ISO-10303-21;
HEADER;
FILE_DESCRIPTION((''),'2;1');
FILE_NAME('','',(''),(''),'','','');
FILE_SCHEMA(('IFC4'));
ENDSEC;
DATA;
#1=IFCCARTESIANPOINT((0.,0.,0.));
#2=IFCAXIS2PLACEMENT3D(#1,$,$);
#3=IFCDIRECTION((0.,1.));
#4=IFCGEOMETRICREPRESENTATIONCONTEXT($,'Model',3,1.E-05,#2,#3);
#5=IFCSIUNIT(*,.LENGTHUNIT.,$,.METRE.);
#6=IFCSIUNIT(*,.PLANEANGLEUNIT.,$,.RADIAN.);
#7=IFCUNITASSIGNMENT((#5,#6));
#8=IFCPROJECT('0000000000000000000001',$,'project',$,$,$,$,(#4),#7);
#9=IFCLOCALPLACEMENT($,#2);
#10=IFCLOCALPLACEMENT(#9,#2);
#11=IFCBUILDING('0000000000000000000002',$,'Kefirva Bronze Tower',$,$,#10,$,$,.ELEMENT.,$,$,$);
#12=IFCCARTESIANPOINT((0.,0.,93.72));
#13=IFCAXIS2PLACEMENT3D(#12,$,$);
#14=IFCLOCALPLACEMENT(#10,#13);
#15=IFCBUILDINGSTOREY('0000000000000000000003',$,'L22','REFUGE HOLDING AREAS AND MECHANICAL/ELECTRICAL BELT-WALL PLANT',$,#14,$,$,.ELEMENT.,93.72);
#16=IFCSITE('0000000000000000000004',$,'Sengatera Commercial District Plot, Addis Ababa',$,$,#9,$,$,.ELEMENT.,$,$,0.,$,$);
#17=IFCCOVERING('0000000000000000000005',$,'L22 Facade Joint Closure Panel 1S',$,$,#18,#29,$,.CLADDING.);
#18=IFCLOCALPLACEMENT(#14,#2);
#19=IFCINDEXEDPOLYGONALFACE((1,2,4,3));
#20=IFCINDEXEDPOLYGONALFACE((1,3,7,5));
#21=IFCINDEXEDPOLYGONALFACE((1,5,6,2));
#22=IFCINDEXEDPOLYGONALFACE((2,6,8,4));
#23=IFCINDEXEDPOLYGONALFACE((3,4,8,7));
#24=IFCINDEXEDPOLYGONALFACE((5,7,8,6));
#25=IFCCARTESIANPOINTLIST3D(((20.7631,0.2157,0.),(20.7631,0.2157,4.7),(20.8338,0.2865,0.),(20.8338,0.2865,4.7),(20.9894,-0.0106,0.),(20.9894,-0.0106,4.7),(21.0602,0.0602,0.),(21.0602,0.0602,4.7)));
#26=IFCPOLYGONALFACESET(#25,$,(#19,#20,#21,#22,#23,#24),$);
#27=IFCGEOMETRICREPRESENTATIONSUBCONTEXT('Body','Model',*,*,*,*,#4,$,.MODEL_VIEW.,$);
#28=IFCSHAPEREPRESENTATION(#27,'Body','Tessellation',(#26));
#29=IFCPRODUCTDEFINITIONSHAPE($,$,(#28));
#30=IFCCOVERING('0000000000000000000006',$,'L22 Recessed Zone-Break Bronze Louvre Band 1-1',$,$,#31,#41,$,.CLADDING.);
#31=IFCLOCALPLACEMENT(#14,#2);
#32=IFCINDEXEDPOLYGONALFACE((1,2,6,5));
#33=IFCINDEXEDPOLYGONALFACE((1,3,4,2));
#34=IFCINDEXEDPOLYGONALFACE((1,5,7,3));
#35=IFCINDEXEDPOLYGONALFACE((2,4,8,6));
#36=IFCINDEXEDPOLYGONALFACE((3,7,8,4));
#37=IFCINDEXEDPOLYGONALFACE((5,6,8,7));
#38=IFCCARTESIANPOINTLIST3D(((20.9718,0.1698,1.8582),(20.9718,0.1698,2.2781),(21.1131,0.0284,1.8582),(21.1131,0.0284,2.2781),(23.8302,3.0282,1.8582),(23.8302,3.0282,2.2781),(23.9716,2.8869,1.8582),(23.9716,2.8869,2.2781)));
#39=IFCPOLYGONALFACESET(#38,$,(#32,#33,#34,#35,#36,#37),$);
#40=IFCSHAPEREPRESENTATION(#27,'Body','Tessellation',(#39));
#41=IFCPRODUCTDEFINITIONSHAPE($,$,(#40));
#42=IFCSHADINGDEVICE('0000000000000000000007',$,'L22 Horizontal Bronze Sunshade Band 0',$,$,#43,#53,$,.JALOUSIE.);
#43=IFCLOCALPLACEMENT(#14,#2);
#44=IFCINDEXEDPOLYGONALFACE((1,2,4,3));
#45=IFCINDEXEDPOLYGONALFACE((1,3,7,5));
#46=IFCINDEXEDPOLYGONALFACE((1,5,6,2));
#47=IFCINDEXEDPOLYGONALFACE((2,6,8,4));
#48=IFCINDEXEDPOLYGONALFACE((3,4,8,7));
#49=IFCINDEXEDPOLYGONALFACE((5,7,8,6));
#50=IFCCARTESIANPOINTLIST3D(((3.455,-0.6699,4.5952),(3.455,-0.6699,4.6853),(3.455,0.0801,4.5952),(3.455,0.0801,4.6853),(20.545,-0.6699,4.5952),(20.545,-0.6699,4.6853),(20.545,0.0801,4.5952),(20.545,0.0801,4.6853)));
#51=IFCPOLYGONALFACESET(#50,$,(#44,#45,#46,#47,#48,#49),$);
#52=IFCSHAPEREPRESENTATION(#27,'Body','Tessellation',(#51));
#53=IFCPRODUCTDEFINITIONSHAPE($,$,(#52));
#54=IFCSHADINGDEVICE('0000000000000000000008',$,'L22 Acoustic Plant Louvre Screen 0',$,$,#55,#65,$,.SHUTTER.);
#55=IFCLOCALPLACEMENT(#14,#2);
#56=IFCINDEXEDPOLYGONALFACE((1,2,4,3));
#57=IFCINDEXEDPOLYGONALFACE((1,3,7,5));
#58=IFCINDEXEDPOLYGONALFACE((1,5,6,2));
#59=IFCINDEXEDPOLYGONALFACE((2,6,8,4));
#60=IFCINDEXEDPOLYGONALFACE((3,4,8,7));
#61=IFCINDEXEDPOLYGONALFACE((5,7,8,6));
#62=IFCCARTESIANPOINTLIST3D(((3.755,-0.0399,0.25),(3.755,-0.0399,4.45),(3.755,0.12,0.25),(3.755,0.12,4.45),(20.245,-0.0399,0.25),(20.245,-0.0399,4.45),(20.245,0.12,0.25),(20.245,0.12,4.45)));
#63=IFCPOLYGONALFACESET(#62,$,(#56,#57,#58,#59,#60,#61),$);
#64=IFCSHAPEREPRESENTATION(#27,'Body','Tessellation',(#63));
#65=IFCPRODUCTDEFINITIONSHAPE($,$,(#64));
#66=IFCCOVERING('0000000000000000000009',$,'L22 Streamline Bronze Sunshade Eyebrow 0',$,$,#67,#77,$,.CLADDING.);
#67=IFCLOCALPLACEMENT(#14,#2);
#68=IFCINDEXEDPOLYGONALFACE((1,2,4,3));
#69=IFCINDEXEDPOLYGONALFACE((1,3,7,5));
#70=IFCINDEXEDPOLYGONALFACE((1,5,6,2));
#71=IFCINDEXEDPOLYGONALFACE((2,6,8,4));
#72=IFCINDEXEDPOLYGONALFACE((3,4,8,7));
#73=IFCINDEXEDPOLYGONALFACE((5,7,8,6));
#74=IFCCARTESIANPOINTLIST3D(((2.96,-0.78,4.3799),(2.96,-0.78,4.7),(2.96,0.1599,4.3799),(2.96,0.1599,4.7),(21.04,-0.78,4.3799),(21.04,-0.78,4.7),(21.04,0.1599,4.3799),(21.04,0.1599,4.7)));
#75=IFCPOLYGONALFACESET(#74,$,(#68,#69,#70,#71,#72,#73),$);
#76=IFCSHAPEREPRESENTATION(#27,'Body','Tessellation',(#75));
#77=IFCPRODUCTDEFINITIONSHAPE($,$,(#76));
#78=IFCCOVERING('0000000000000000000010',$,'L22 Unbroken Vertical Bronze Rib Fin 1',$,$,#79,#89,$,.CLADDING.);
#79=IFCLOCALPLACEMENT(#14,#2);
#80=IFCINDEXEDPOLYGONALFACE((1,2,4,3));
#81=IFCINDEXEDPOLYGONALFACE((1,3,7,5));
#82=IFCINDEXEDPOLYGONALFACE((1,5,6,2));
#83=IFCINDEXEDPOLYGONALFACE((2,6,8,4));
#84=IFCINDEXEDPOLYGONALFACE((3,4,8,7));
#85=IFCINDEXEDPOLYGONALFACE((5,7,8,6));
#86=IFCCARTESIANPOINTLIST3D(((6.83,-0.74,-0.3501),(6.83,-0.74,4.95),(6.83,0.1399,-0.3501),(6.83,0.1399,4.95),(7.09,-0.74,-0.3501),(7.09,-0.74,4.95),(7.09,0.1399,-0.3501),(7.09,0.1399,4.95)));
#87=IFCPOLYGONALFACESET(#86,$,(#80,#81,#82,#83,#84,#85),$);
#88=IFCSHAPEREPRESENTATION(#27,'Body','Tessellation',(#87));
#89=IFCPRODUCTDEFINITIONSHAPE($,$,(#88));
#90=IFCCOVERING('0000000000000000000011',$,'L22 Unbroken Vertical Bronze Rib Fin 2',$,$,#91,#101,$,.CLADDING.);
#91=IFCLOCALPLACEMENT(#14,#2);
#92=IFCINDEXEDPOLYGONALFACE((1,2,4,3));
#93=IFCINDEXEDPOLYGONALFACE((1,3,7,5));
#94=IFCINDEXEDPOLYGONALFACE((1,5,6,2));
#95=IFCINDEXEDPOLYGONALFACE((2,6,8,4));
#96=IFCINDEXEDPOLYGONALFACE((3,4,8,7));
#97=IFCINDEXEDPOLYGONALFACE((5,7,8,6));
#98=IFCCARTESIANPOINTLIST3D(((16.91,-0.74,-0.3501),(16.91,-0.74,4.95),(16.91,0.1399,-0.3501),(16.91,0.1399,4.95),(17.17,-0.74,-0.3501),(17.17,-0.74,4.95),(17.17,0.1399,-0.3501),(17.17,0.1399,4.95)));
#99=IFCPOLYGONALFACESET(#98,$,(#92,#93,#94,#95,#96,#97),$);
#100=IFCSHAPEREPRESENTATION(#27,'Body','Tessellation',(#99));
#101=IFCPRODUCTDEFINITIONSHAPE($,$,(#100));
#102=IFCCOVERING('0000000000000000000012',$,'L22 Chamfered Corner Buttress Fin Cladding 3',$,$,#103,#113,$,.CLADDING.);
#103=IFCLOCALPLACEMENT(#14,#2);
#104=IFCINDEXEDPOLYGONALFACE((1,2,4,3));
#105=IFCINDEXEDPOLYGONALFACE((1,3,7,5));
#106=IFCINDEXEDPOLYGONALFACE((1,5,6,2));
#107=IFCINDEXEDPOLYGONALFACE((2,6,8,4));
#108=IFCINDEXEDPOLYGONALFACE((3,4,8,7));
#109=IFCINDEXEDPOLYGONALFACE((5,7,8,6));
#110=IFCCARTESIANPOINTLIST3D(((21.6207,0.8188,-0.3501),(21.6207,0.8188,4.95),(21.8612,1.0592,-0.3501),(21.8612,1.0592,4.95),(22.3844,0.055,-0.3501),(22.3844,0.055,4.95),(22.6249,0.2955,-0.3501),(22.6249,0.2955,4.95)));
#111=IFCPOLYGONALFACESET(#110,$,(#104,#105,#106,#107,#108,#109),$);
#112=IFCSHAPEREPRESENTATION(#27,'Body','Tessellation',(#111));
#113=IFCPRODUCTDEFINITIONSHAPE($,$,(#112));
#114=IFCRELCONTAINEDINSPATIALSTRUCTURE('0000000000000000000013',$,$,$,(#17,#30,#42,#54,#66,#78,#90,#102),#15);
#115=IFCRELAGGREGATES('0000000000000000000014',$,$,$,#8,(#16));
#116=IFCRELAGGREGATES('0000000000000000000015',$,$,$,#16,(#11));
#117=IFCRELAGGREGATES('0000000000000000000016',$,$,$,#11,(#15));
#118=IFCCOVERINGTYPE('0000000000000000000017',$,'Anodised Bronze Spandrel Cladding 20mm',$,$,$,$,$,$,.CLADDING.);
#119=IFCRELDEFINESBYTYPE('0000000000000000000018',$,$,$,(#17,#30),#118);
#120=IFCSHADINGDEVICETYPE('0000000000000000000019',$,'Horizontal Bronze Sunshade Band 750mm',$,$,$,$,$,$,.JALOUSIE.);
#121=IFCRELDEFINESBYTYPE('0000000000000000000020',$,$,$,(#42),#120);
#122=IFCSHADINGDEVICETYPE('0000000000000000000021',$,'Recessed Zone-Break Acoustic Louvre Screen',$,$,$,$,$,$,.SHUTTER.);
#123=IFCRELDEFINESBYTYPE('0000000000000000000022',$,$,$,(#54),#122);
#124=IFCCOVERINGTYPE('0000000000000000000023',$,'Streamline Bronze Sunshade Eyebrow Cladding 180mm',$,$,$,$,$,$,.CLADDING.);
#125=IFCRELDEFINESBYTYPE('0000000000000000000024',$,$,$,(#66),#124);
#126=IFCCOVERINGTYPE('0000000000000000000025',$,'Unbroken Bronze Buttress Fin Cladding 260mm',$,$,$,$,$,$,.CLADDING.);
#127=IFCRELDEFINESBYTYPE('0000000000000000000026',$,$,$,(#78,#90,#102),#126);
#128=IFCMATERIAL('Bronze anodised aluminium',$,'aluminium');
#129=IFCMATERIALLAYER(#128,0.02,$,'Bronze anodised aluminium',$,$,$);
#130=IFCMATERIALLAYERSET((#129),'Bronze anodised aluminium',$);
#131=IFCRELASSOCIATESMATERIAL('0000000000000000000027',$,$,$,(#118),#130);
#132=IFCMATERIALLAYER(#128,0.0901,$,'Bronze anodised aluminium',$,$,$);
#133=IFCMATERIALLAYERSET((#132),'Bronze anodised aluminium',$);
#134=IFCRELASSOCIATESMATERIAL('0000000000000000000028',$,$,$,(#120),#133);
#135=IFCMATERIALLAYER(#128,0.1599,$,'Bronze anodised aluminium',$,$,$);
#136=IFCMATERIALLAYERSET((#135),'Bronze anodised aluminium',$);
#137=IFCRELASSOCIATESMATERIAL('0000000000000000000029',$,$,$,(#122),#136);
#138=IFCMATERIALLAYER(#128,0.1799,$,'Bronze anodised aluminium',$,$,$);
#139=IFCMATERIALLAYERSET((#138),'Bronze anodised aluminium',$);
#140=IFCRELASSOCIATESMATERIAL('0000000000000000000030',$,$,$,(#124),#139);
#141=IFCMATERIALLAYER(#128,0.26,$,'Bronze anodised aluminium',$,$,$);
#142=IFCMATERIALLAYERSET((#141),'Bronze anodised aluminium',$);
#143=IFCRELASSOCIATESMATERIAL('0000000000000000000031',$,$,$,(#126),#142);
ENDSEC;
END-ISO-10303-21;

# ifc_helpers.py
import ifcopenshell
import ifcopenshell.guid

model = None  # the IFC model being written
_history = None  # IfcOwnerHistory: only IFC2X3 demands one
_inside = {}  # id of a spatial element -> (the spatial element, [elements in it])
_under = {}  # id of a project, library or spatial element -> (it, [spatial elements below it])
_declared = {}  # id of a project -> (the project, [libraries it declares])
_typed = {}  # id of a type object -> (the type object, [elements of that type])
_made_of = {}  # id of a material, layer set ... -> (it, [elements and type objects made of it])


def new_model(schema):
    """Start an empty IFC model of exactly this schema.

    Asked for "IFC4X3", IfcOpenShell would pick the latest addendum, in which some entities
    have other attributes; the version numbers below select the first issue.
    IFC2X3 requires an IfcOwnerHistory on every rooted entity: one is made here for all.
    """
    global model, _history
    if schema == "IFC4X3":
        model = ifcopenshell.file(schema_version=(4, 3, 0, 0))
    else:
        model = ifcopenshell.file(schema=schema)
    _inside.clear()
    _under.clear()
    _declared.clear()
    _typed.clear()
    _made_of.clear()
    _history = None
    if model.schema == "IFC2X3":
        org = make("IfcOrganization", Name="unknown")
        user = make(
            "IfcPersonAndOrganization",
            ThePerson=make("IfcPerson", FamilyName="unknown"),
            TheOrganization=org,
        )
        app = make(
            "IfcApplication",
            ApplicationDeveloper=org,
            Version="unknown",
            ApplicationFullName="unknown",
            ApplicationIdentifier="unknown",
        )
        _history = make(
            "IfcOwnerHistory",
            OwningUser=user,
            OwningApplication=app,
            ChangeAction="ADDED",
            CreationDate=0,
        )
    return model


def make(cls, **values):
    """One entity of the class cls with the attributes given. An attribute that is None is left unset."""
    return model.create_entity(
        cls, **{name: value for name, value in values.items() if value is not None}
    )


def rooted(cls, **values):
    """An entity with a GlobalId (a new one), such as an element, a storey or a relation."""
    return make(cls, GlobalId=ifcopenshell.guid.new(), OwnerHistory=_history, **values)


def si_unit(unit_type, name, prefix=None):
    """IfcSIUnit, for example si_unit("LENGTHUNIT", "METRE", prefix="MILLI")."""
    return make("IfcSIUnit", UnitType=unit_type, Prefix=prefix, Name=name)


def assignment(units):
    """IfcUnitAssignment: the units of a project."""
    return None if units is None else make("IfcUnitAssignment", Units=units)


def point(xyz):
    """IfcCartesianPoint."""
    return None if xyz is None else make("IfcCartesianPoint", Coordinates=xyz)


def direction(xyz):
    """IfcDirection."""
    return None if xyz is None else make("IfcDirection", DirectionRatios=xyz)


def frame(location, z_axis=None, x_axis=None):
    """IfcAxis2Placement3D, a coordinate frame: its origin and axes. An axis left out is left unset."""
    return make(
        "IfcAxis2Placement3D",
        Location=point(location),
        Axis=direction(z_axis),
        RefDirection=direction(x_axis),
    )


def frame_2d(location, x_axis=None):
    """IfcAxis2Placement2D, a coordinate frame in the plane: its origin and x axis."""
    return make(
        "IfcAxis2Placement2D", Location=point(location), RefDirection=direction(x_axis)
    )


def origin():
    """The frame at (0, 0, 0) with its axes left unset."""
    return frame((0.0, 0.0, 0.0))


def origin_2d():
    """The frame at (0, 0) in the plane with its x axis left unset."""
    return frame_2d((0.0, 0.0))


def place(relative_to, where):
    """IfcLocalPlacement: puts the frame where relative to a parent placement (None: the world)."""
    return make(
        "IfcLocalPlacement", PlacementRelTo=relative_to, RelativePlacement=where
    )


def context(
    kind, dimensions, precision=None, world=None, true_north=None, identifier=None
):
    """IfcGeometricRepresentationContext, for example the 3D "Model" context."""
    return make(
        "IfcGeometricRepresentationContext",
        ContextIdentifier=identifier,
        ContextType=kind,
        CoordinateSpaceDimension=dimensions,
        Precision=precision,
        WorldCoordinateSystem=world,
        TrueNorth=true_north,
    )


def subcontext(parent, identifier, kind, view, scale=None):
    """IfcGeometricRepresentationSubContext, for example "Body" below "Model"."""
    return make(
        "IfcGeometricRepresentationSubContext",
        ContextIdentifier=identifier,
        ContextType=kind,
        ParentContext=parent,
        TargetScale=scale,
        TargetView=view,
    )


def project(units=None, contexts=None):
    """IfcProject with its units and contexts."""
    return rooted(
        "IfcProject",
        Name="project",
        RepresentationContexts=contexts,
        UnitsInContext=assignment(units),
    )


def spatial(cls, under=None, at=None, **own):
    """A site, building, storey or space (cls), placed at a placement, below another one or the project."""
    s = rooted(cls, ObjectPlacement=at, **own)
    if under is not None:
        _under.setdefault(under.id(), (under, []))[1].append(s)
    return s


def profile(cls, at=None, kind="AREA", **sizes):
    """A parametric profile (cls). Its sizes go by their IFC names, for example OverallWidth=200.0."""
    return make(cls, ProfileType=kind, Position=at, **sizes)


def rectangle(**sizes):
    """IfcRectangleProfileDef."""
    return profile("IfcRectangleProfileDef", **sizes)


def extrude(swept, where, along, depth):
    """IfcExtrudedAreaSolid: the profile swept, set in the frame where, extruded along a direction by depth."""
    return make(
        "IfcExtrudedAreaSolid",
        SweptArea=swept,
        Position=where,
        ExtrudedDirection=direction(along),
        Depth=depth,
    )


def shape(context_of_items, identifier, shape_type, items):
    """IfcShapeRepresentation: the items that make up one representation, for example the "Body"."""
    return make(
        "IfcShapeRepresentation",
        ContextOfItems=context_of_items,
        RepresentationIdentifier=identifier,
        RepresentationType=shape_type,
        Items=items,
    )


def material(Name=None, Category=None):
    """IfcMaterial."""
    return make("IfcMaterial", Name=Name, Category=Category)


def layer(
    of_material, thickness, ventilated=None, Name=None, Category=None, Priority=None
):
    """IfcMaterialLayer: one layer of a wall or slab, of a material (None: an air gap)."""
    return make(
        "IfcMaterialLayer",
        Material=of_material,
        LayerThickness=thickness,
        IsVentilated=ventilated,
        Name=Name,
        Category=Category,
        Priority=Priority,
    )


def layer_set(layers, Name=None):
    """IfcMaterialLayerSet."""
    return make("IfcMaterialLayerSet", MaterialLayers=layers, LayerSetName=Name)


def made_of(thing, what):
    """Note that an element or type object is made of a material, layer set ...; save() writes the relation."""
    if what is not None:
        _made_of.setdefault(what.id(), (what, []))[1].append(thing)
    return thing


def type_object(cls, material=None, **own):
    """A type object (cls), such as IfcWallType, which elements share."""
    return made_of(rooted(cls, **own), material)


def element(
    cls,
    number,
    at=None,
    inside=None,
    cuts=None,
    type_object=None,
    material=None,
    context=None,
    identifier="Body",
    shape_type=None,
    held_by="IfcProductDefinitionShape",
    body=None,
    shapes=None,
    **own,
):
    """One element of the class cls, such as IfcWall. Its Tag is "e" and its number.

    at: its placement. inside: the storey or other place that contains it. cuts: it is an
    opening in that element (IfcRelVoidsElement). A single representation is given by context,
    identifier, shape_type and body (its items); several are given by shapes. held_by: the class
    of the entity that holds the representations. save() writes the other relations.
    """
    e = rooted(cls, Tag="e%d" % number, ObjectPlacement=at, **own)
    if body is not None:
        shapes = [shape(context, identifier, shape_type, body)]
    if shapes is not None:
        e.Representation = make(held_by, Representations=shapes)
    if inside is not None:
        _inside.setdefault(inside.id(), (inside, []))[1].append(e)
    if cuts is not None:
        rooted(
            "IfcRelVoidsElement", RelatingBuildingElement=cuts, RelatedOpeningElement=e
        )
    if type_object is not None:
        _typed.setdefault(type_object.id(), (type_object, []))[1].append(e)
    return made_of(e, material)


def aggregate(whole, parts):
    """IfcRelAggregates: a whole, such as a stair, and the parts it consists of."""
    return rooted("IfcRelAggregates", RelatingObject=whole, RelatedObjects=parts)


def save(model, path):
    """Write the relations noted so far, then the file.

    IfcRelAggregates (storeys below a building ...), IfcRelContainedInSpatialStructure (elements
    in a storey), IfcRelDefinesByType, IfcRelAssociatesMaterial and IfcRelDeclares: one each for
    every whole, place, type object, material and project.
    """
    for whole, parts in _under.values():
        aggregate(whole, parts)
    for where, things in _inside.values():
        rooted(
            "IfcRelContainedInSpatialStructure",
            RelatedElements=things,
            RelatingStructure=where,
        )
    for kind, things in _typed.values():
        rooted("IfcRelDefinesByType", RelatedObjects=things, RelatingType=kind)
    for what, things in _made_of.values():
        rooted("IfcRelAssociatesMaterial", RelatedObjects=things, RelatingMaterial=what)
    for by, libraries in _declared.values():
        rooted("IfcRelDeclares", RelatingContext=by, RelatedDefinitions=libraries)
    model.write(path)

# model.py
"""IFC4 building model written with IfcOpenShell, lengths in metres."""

from ifc_helpers import new_model, si_unit, direction, frame, origin, origin_2d, place, context, subcontext, project, spatial, rectangle, extrude, material, layer, layer_set, type_object, element, save


model = new_model("IFC4")

# Units and contexts
model_context = context("Model", 3, precision=1e-05, world=origin(), true_north=direction((0.0, 1.0)))
body_context = subcontext(model_context, "Body", "Model", "MODEL_VIEW")
ifc_project = project(units=[si_unit("LENGTHUNIT", "METRE"), si_unit("PLANEANGLEUNIT", "RADIAN")], contexts=[model_context])

# Site, building, storey
site_placement = place(None, origin())
site = spatial("IfcSite", under=ifc_project, at=site_placement, Name="Sengatera Commercial District Plot, Addis Ababa", CompositionType="ELEMENT", RefElevation=0.0)
building_placement = place(site_placement, origin())
building = spatial("IfcBuilding", under=site, at=building_placement, Name="Kefirva Bronze Tower", CompositionType="ELEMENT")
storey_placement = place(building_placement, frame((0.0, 0.0, 93.72)))
storey = spatial("IfcBuildingStorey", under=building, at=storey_placement, Name="L22", Description="REFUGE HOLDING AREAS AND MECHANICAL/ELECTRICAL BELT-WALL PLANT", CompositionType="ELEMENT", Elevation=93.72)

# Shared definitions
ifc_material_1 = material(Name="Bronze anodised aluminium", Category="aluminium")

# Coverings
ifc_layer_1 = layer(ifc_material_1, 0.02, Name="Bronze anodised aluminium")
ifc_layer_set_1 = layer_set([ifc_layer_1], Name="Bronze anodised aluminium")
covering_type_1 = type_object("IfcCoveringType", Name="Anodised Bronze Spandrel Cladding 20mm", PredefinedType="CLADDING", material=ifc_layer_set_1)
covering_1_placement = place(storey_placement, frame((20.9116, 0.1379, 0.0), z_axis=(0.0, 0.0, 1.0), x_axis=(0.707107, 0.707107, 0.0)))
element("IfcCovering", 1, at=covering_1_placement, inside=storey, type_object=covering_type_1, Name="L22 Facade Joint Closure Panel 1S", PredefinedType="CLADDING", context=body_context, shape_type="SweptSolid", body=[
    extrude(rectangle(XDim=0.1001, YDim=0.3201, at=origin_2d()), origin(), (0.0, 0.0, 1.0), 4.7),
])
covering_2_placement = place(storey_placement, frame((22.4717, 1.5283, 1.8582), z_axis=(0.0, 0.0, 1.0), x_axis=(0.707107, 0.707107, 0.0)))
element("IfcCovering", 2, at=covering_2_placement, inside=storey, type_object=covering_type_1, Name="L22 Recessed Zone-Break Bronze Louvre Band 1-1", PredefinedType="CLADDING", context=body_context, shape_type="SweptSolid", body=[
    extrude(rectangle(XDim=4.0425, YDim=0.2, at=origin_2d()), origin(), (0.0, 0.0, 1.0), 0.4199),
])

# Shading devices
ifc_layer_2 = layer(ifc_material_1, 0.0901, Name="Bronze anodised aluminium")
ifc_layer_set_2 = layer_set([ifc_layer_2], Name="Bronze anodised aluminium")
shading_device_type_1 = type_object("IfcShadingDeviceType", Name="Horizontal Bronze Sunshade Band 750mm", PredefinedType="JALOUSIE", material=ifc_layer_set_2)
shading_device_1_placement = place(storey_placement, frame((12.0, -0.2949, 4.5952), z_axis=(0.0, 0.0, 1.0), x_axis=(1.0, 0.0, 0.0)))
element("IfcShadingDevice", 3, at=shading_device_1_placement, inside=storey, type_object=shading_device_type_1, Name="L22 Horizontal Bronze Sunshade Band 0", PredefinedType="JALOUSIE", context=body_context, shape_type="SweptSolid", body=[
    extrude(rectangle(XDim=17.0901, YDim=0.75, at=origin_2d()), origin(), (0.0, 0.0, 1.0), 0.0901),
])
ifc_layer_3 = layer(ifc_material_1, 0.1599, Name="Bronze anodised aluminium")
ifc_layer_set_3 = layer_set([ifc_layer_3], Name="Bronze anodised aluminium")
shading_device_type_2 = type_object("IfcShadingDeviceType", Name="Recessed Zone-Break Acoustic Louvre Screen", PredefinedType="SHUTTER", material=ifc_layer_set_3)
shading_device_2_placement = place(storey_placement, frame((12.0, 0.04, 0.25), z_axis=(0.0, 0.0, 1.0), x_axis=(1.0, 0.0, 0.0)))
element("IfcShadingDevice", 4, at=shading_device_2_placement, inside=storey, type_object=shading_device_type_2, Name="L22 Acoustic Plant Louvre Screen 0", PredefinedType="SHUTTER", context=body_context, shape_type="SweptSolid", body=[
    extrude(rectangle(XDim=16.49, YDim=0.1599, at=origin_2d()), origin(), (0.0, 0.0, 1.0), 4.2),
])

# Coverings
ifc_layer_4 = layer(ifc_material_1, 0.1799, Name="Bronze anodised aluminium")
ifc_layer_set_4 = layer_set([ifc_layer_4], Name="Bronze anodised aluminium")
covering_type_2 = type_object("IfcCoveringType", Name="Streamline Bronze Sunshade Eyebrow Cladding 180mm", PredefinedType="CLADDING", material=ifc_layer_set_4)
covering_3_placement = place(storey_placement, frame((12.0, -0.3101, 4.3799), z_axis=(0.0, 0.0, 1.0), x_axis=(1.0, 0.0, 0.0)))
element("IfcCovering", 5, at=covering_3_placement, inside=storey, type_object=covering_type_2, Name="L22 Streamline Bronze Sunshade Eyebrow 0", PredefinedType="CLADDING", context=body_context, shape_type="SweptSolid", body=[
    extrude(rectangle(XDim=18.0801, YDim=0.9399, at=origin_2d()), origin(), (0.0, 0.0, 1.0), 0.3201),
])
ifc_layer_5 = layer(ifc_material_1, 0.26, Name="Bronze anodised aluminium")
ifc_layer_set_5 = layer_set([ifc_layer_5], Name="Bronze anodised aluminium")
covering_type_3 = type_object("IfcCoveringType", Name="Unbroken Bronze Buttress Fin Cladding 260mm", PredefinedType="CLADDING", material=ifc_layer_set_5)
for number, where, z_axis, x_axis, name in (
    (6, (6.96, -0.3, -0.3501), (0.0, 0.0, 1.0), (1.0, 0.0, 0.0), "L22 Unbroken Vertical Bronze Rib Fin 1"),
    (7, (17.04, -0.3, -0.3501), (0.0, 0.0, 1.0), (1.0, 0.0, 0.0), "L22 Unbroken Vertical Bronze Rib Fin 2"),
):
    element("IfcCovering", number, at=place(storey_placement, frame(where, z_axis=z_axis, x_axis=x_axis)), inside=storey, type_object=covering_type_3, Name=name, PredefinedType="CLADDING", context=body_context, shape_type="SweptSolid", body=[
        extrude(rectangle(XDim=0.26, YDim=0.8799, at=origin_2d()), origin(), (0.0, 0.0, 1.0), 5.3),
    ])
covering_4_placement = place(storey_placement, frame((22.1228, 0.5571, -0.3501), z_axis=(0.0, 0.0, 1.0), x_axis=(0.707107, 0.707107, 0.0)))
element("IfcCovering", 8, at=covering_4_placement, inside=storey, type_object=covering_type_3, Name="L22 Chamfered Corner Buttress Fin Cladding 3", PredefinedType="CLADDING", context=body_context, shape_type="SweptSolid", body=[
    extrude(rectangle(XDim=0.3401, YDim=1.0801, at=origin_2d()), origin(), (0.0, 0.0, 1.0), 5.3),
])

save(model, "model.ifc")
